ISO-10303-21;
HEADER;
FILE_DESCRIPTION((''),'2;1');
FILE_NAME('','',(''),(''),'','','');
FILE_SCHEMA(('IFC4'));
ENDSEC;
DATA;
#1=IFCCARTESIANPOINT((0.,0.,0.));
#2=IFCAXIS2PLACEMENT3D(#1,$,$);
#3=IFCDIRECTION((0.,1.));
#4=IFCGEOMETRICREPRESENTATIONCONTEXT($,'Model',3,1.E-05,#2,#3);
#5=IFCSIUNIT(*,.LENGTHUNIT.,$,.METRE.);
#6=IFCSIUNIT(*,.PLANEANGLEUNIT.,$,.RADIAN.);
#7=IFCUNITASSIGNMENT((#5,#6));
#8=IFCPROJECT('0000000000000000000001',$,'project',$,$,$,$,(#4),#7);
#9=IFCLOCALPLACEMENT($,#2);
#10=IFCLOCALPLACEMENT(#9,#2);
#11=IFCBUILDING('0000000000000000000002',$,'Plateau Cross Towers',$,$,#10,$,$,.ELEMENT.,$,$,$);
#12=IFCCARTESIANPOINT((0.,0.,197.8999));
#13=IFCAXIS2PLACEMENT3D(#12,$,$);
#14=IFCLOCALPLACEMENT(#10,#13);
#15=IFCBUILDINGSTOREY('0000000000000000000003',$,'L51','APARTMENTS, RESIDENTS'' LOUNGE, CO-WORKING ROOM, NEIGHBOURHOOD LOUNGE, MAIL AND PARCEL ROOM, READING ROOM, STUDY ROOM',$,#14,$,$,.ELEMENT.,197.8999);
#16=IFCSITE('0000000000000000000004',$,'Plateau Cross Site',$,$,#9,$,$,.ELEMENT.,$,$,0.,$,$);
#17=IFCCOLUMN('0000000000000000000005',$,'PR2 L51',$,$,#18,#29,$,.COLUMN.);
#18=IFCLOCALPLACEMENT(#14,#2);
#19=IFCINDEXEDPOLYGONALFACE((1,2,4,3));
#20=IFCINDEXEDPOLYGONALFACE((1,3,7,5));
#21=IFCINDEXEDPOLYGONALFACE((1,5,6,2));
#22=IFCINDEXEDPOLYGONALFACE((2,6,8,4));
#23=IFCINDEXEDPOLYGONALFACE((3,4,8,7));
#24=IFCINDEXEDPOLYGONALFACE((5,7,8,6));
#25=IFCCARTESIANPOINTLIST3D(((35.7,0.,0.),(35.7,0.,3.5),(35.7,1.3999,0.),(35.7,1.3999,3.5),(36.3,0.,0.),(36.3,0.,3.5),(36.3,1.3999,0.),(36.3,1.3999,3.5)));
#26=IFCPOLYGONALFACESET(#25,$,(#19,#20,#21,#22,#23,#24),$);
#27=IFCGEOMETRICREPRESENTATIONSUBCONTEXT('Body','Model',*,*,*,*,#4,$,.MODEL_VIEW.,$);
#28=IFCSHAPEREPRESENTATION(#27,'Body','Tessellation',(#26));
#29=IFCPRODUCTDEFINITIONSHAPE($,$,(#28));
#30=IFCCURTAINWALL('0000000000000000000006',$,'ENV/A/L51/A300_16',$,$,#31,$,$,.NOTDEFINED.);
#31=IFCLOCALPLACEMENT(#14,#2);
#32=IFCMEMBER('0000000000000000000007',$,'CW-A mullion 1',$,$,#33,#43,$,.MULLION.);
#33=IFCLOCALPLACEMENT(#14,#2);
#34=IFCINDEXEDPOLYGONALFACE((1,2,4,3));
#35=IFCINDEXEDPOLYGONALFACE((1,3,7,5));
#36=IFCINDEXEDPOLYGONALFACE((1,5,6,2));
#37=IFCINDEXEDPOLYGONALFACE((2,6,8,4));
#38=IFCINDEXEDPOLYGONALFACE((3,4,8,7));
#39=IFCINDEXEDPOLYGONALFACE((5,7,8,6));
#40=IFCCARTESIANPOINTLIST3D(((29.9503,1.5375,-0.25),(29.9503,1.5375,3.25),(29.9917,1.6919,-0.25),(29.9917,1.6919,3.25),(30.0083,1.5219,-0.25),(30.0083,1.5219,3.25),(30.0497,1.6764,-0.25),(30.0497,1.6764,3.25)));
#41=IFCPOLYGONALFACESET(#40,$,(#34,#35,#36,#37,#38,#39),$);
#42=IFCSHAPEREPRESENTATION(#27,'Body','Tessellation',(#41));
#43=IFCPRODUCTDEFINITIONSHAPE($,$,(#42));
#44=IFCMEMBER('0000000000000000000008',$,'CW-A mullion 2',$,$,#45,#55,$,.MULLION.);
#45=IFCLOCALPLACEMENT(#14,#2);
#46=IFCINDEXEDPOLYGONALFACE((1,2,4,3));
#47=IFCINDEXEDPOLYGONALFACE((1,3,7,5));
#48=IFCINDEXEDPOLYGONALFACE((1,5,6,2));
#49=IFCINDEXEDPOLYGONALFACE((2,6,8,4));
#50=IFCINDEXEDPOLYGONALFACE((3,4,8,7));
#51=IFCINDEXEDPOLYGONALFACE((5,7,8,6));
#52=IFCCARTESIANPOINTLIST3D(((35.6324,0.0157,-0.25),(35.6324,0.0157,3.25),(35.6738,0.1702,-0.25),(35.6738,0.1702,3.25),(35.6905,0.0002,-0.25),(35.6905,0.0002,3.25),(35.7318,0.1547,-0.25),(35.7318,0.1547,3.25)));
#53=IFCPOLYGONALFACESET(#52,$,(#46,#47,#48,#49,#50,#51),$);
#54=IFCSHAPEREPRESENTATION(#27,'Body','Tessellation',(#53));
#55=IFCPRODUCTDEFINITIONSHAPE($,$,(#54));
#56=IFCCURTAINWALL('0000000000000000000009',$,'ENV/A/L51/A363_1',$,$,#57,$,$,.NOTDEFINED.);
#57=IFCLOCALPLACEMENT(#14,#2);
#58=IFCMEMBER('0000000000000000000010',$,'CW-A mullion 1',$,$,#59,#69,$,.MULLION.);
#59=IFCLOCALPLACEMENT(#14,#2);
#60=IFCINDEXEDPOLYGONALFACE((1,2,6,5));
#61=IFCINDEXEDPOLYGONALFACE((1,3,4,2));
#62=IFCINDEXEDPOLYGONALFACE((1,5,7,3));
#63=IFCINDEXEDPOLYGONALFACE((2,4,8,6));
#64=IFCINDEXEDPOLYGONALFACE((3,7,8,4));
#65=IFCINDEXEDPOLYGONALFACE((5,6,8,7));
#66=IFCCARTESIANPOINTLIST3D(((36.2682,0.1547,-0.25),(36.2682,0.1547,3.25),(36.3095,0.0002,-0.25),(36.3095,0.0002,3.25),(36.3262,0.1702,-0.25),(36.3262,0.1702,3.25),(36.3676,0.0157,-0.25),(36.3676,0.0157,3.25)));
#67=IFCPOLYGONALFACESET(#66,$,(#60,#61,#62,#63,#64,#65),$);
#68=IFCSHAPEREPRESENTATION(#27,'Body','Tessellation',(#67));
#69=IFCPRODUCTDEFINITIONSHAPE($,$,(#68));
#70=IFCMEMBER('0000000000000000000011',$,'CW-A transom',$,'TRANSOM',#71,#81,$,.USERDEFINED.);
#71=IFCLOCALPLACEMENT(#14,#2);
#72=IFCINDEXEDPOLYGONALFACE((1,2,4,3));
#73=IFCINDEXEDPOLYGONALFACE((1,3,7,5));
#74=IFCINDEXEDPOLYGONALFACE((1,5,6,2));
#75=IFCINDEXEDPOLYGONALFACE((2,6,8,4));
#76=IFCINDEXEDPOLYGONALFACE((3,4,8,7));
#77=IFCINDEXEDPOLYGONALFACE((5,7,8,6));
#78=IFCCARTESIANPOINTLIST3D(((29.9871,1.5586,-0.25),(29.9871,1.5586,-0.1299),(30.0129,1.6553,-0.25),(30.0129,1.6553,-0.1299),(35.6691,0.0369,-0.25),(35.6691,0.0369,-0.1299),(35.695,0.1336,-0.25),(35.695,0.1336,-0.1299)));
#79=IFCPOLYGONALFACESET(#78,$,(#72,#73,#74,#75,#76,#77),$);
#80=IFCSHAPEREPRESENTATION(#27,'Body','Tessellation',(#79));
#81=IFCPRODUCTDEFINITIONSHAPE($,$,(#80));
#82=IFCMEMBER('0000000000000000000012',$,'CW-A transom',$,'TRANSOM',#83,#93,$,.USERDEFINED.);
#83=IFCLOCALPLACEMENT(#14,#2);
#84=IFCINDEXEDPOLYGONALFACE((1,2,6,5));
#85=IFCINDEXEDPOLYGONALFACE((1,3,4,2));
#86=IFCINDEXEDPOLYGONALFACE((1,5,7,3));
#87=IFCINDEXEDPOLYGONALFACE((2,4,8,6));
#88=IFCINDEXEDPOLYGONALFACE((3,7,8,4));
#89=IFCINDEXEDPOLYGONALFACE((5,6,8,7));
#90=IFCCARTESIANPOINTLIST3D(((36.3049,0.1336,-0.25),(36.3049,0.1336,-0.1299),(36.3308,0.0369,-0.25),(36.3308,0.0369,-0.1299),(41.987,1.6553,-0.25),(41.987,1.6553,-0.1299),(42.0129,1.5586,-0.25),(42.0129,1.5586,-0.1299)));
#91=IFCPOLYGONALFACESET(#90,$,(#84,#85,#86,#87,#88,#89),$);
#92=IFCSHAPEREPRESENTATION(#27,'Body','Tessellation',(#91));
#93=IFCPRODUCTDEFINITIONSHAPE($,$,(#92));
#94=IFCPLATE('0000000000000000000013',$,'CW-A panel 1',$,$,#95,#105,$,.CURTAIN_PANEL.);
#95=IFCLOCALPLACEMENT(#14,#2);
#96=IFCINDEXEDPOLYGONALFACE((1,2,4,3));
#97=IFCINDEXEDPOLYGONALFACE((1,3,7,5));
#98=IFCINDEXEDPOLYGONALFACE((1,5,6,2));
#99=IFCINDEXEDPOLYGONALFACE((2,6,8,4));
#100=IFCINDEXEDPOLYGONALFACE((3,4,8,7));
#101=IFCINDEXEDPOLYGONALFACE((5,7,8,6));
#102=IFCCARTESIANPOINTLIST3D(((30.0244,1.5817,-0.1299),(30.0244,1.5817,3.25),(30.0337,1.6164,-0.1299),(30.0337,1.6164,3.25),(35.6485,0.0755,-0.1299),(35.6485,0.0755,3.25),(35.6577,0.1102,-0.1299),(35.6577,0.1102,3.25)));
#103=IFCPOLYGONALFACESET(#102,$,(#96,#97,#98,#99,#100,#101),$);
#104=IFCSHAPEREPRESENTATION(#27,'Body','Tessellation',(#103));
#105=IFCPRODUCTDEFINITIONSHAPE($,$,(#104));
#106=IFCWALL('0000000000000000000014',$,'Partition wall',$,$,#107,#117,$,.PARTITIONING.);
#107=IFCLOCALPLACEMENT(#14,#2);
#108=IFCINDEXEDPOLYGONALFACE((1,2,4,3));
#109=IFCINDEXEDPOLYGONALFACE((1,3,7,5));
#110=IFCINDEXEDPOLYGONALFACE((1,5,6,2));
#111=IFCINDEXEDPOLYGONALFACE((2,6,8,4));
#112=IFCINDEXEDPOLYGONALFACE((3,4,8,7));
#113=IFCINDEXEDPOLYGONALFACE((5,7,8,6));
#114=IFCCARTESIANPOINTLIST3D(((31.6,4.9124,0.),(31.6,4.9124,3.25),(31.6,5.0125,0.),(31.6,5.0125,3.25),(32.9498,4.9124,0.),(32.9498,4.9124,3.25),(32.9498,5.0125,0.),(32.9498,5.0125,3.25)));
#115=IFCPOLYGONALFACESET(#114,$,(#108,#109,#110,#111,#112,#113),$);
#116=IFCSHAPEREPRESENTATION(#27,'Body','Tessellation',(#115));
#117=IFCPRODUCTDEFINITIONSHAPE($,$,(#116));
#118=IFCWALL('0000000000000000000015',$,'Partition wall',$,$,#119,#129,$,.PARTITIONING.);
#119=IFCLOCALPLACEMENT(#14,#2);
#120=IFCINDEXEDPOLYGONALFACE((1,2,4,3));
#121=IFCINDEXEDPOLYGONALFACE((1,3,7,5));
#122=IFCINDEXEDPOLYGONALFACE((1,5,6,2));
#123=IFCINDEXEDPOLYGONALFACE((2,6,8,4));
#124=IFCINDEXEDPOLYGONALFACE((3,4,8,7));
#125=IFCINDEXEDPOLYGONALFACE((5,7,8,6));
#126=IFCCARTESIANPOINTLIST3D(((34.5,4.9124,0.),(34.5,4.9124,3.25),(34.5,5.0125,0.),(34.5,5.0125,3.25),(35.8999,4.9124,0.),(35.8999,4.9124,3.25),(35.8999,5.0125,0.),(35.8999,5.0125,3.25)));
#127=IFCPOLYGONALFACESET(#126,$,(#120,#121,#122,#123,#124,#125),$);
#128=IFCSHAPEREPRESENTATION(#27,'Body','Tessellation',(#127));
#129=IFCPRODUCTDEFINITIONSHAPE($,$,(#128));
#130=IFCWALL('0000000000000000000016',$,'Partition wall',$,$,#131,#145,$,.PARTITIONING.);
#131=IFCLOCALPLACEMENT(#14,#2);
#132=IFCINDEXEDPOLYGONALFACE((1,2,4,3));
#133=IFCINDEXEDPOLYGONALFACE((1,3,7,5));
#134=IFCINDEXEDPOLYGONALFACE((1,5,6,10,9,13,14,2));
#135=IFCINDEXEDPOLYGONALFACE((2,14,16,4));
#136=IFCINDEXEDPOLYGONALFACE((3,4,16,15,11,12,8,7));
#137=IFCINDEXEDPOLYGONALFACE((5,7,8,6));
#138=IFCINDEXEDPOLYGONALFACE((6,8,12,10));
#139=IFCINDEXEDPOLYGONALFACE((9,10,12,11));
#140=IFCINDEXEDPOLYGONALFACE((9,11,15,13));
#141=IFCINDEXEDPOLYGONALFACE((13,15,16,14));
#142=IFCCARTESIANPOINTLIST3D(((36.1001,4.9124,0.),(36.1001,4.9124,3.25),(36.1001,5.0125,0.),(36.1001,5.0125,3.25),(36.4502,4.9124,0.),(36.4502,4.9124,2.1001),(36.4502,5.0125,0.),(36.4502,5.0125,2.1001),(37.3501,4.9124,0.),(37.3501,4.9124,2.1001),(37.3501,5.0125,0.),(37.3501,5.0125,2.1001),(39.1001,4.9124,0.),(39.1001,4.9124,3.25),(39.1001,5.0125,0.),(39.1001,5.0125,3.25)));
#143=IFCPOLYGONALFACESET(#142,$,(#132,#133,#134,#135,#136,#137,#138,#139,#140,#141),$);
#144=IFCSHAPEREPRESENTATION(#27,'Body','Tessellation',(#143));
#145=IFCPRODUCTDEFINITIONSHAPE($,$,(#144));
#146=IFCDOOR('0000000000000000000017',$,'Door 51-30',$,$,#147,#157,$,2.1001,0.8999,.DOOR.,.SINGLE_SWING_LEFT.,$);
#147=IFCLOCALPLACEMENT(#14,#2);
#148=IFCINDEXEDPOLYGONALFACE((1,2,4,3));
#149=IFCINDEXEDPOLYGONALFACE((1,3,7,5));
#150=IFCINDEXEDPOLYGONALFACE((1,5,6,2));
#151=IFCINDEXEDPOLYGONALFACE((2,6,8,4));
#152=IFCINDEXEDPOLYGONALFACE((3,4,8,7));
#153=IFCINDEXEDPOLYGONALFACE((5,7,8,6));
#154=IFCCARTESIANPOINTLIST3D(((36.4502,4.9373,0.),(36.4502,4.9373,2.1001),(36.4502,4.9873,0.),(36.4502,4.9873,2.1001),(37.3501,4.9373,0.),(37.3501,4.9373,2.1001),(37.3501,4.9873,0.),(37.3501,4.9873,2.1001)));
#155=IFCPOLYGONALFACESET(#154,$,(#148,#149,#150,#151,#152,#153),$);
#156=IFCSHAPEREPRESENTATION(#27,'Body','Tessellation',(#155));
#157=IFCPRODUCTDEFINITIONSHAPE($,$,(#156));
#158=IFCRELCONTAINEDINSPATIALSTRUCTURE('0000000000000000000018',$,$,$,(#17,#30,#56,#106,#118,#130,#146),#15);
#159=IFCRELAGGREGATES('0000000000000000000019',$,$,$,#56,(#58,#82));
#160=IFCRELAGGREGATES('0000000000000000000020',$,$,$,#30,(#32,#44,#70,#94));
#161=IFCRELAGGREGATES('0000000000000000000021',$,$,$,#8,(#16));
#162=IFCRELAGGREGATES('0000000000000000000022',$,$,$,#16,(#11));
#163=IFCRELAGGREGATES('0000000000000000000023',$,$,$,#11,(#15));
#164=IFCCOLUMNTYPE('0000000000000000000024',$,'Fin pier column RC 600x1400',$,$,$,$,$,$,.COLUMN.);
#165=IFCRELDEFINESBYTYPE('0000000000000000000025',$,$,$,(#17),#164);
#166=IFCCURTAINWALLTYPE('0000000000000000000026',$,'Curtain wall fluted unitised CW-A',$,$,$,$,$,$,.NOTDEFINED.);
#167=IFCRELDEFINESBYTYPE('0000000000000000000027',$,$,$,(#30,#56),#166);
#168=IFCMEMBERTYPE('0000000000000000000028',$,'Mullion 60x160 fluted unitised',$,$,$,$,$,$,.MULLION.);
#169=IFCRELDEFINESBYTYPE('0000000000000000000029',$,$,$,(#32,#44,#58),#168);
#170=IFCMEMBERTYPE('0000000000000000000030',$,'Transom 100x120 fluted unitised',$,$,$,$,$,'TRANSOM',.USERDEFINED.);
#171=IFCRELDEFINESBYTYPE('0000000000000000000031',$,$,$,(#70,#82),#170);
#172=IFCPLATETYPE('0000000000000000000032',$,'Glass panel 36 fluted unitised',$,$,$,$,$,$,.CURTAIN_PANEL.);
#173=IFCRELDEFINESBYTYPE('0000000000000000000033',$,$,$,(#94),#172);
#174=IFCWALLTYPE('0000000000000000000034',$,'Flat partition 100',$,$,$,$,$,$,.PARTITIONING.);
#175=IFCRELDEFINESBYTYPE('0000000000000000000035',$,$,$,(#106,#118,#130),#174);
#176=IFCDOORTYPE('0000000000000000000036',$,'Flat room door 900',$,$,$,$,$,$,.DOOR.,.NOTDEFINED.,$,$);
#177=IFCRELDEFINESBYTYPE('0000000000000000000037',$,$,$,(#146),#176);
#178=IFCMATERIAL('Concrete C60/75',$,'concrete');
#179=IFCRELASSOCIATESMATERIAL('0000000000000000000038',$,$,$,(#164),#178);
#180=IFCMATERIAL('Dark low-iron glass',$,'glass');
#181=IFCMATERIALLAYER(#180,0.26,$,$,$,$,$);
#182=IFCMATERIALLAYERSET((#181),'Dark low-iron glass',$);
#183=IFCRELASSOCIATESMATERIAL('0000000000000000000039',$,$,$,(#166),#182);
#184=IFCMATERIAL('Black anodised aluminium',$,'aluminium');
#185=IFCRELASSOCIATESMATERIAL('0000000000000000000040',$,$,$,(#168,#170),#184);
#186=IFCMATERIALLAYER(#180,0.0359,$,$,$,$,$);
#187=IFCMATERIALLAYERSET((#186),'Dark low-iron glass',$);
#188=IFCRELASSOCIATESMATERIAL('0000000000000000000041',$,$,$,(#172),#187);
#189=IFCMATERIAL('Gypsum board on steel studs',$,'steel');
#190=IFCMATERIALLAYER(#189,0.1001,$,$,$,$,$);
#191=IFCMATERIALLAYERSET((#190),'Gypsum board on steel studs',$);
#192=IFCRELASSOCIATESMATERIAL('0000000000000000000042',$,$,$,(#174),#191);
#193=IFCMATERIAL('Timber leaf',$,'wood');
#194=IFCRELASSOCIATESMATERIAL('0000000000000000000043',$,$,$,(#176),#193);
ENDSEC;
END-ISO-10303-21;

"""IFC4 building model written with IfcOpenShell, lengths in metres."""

from ifc_helpers import new_model, si_unit, direction, frame, frame_2d, origin, origin_2d, place, context, subcontext, project, spatial, rectangle, extrude, material, layer, layer_set, material_profile, profile_set, type_object, element, fill, aggregate, save


model = new_model("IFC4")

# Units and contexts
model_context = context("Model", 3, precision=1e-05, world=origin(), true_north=direction((0.0, 1.0)))
body_context = subcontext(model_context, "Body", "Model", "MODEL_VIEW")
ifc_project = project(units=[si_unit("LENGTHUNIT", "METRE"), si_unit("PLANEANGLEUNIT", "RADIAN")], contexts=[model_context])

# Site, building, storey
site_placement = place(None, origin())
site = spatial("IfcSite", under=ifc_project, at=site_placement, Name="Plateau Cross Site", CompositionType="ELEMENT", RefElevation=0.0)
building_placement = place(site_placement, origin())
building = spatial("IfcBuilding", under=site, at=building_placement, Name="Plateau Cross Towers", CompositionType="ELEMENT")
storey_placement = place(building_placement, frame((0.0, 0.0, 197.8999)))
storey = spatial("IfcBuildingStorey", under=building, at=storey_placement, Name="L51", Description="APARTMENTS, RESIDENTS' LOUNGE, CO-WORKING ROOM, NEIGHBOURHOOD LOUNGE, MAIL AND PARCEL ROOM, READING ROOM, STUDY ROOM", CompositionType="ELEMENT", Elevation=197.8999)

# Column
ifc_material_1 = material(Name="Concrete C60/75", Category="concrete")
ifc_material_profile_1 = material_profile(ifc_material_1, rectangle(XDim=0.6001, YDim=1.3999, at=origin_2d()), Name="RC 600x1400")
ifc_profile_set_1 = profile_set([ifc_material_profile_1], Name="Concrete C60/75")
column_type = type_object("IfcColumnType", Name="Fin pier column RC 600x1400", PredefinedType="COLUMN", material=ifc_profile_set_1)
column_placement = place(storey_placement, frame((36.0, 0.7, 0.0), z_axis=(0.0, 0.0, 1.0), x_axis=(1.0, 0.0, 0.0)))
element("IfcColumn", 1, at=column_placement, inside=storey, type_object=column_type, Name="PR2 L51", PredefinedType="COLUMN", context=body_context, shape_type="SweptSolid", body=[
    extrude(rectangle(XDim=0.6001, YDim=1.3999, at=origin_2d()), origin(), (0.0, 0.0, 1.0), 3.5),
])

# Curtain wall, members
ifc_material_2 = material(Name="Dark low-iron glass", Category="glass")
ifc_layer_1 = layer(ifc_material_2, 0.26)
ifc_layer_set_1 = layer_set([ifc_layer_1], Name="Dark low-iron glass")
curtain_wall_type = type_object("IfcCurtainWallType", Name="Curtain wall fluted unitised CW-A", PredefinedType="NOTDEFINED", material=ifc_layer_set_1)
curtain_wall_1_placement = place(storey_placement, origin())
curtain_wall_1 = element("IfcCurtainWall", 2, at=curtain_wall_1_placement, inside=storey, type_object=curtain_wall_type, Name="ENV/A/L51/A300_16", PredefinedType="NOTDEFINED")
ifc_material_3 = material(Name="Black anodised aluminium", Category="aluminium")
ifc_material_profile_2 = material_profile(ifc_material_3, rectangle(XDim=0.0601, YDim=0.1599, at=origin_2d()), Name="MULLION 60x160")
ifc_profile_set_2 = profile_set([ifc_material_profile_2], Name="Black anodised aluminium")
member_type_1 = type_object("IfcMemberType", Name="Mullion 60x160 fluted unitised", PredefinedType="MULLION", material=ifc_profile_set_2)
member_1_placement = place(storey_placement, frame((30.0, 1.6069, -0.25), z_axis=(0.0, 0.0, 1.0), x_axis=(0.965958, -0.258699, 0.0)))
member_1 = element("IfcMember", 3, at=member_1_placement, type_object=member_type_1, Name="CW-A mullion 1", PredefinedType="MULLION", context=body_context, shape_type="SweptSolid", body=[
    extrude(rectangle(XDim=0.0601, YDim=0.1599, at=origin_2d()), origin(), (0.0, 0.0, 1.0), 3.5),
])
member_2_placement = place(storey_placement, frame((35.6821, 0.0852, -0.25), z_axis=(0.0, 0.0, 1.0), x_axis=(0.965958, -0.258699, 0.0)))
member_2 = element("IfcMember", 4, at=member_2_placement, type_object=member_type_1, Name="CW-A mullion 2", PredefinedType="MULLION", context=body_context, shape_type="SweptSolid", body=[
    extrude(rectangle(XDim=0.0601, YDim=0.1599, at=origin_2d()), origin(), (0.0, 0.0, 1.0), 3.5),
])

# Curtain wall, member
curtain_wall_2_placement = place(storey_placement, origin())
curtain_wall_2 = element("IfcCurtainWall", 5, at=curtain_wall_2_placement, inside=storey, type_object=curtain_wall_type, Name="ENV/A/L51/A363_1", PredefinedType="NOTDEFINED")
member_3_placement = place(storey_placement, frame((36.3179, 0.0852, -0.25), z_axis=(0.0, 0.0, 1.0), x_axis=(0.965958, 0.258699, 0.0)))
member_3 = element("IfcMember", 6, at=member_3_placement, type_object=member_type_1, Name="CW-A mullion 1", PredefinedType="MULLION", context=body_context, shape_type="SweptSolid", body=[
    extrude(rectangle(XDim=0.0601, YDim=0.1599, at=origin_2d()), origin(), (0.0, 0.0, 1.0), 3.5),
])

# Members
ifc_material_profile_3 = material_profile(ifc_material_3, rectangle(XDim=0.1001, YDim=0.1201, at=origin_2d()), Name="TRANSOM 100x120")
ifc_profile_set_3 = profile_set([ifc_material_profile_3], Name="Black anodised aluminium")
member_type_2 = type_object("IfcMemberType", Name="Transom 100x120 fluted unitised", ElementType="TRANSOM", PredefinedType="USERDEFINED", material=ifc_profile_set_3)
member_4_placement = place(storey_placement, frame((30.0, 1.6069, -0.1899), z_axis=(0.96596, -0.258693, 0.0), x_axis=(0.258693, 0.96596, 0.0)))
member_4 = element("IfcMember", 7, at=member_4_placement, type_object=member_type_2, Name="CW-A transom", ObjectType="TRANSOM", PredefinedType="USERDEFINED", context=body_context, shape_type="SweptSolid", body=[
    extrude(rectangle(XDim=0.1001, YDim=0.1201, at=origin_2d()), origin(), (0.0, 0.0, 1.0), 5.8823),
])
member_5_placement = place(storey_placement, frame((36.3179, 0.0852, -0.1899), z_axis=(0.96596, 0.258693, 0.0), x_axis=(-0.258693, 0.96596, 0.0)))
member_5 = element("IfcMember", 8, at=member_5_placement, type_object=member_type_2, Name="CW-A transom", ObjectType="TRANSOM", PredefinedType="USERDEFINED", context=body_context, shape_type="SweptSolid", body=[
    extrude(rectangle(XDim=0.1001, YDim=0.1201, at=origin_2d()), origin(), (0.0, 0.0, 1.0), 5.8823),
])
aggregate(curtain_wall_2, [member_3, member_5])

# Plate
ifc_layer_2 = layer(ifc_material_2, 0.0359)
ifc_layer_set_2 = layer_set([ifc_layer_2], Name="Dark low-iron glass")
plate_type = type_object("IfcPlateType", Name="Glass panel 36 fluted unitised", PredefinedType="CURTAIN_PANEL", material=ifc_layer_set_2)
plate_placement = place(storey_placement, frame((32.8411, 0.8459, -0.1299), z_axis=(0.0, 0.0, 1.0), x_axis=(0.965958, -0.258699, 0.0)))
plate = element("IfcPlate", 9, at=plate_placement, type_object=plate_type, Name="CW-A panel 1", PredefinedType="CURTAIN_PANEL", context=body_context, shape_type="SweptSolid", body=[
    extrude(rectangle(XDim=5.8223, YDim=0.0359, at=origin_2d()), origin(), (0.0, 0.0, 1.0), 3.3799),
])
aggregate(curtain_wall_1, [member_1, member_2, member_4, plate])

# Walls
ifc_material_4 = material(Name="Gypsum board on steel studs", Category="steel")
ifc_layer_3 = layer(ifc_material_4, 0.1001)
ifc_layer_set_3 = layer_set([ifc_layer_3], Name="Gypsum board on steel studs")
wall_type_1 = type_object("IfcWallType", Name="Flat partition 100", PredefinedType="PARTITIONING", material=ifc_layer_set_3)
wall_1_placement = place(storey_placement, frame((31.6001, 4.9624, 0.0), z_axis=(0.0, 0.0, 1.0), x_axis=(1.0, 0.0, 0.0)))
element("IfcWall", 10, at=wall_1_placement, inside=storey, type_object=wall_type_1, Name="Partition wall", PredefinedType="PARTITIONING", context=body_context, shape_type="SweptSolid", body=[
    extrude(rectangle(XDim=1.3499, YDim=0.1001, at=frame_2d((0.6748, 0.0))), origin(), (0.0, 0.0, 1.0), 3.25),
])
wall_2_placement = place(storey_placement, frame((34.5, 4.9624, 0.0), z_axis=(0.0, 0.0, 1.0), x_axis=(1.0, 0.0, 0.0)))
element("IfcWall", 11, at=wall_2_placement, inside=storey, type_object=wall_type_1, Name="Partition wall", PredefinedType="PARTITIONING", context=body_context, shape_type="SweptSolid", body=[
    extrude(rectangle(XDim=1.3999, YDim=0.1001, at=frame_2d((0.7, 0.0))), origin(), (0.0, 0.0, 1.0), 3.25),
])

# Wall, opening, door
wall_3_placement = place(storey_placement, frame((36.1001, 4.9624, 0.0), z_axis=(0.0, 0.0, 1.0), x_axis=(1.0, 0.0, 0.0)))
wall_3 = element("IfcWall", 12, at=wall_3_placement, inside=storey, type_object=wall_type_1, Name="Partition wall", PredefinedType="PARTITIONING", context=body_context, shape_type="SweptSolid", body=[
    extrude(rectangle(XDim=3.0, YDim=0.1001, at=frame_2d((1.5, 0.0))), origin(), (0.0, 0.0, 1.0), 3.25),
])
opening_1_placement = place(wall_3_placement, frame((0.3501, 0.0, 0.0)))
opening_1 = element("IfcOpeningElement", 13, at=opening_1_placement, cuts=wall_3, PredefinedType="OPENING", context=body_context, shape_type="SweptSolid", body=[
    extrude(rectangle(XDim=0.8999, YDim=2.1001, at=frame_2d((0.45, 1.05))), frame((0.0, 0.0601, 0.0), z_axis=(0.0, -1.0, 0.0), x_axis=(1.0, 0.0, 0.0)), (0.0, 0.0, 1.0), 0.1201),
])
ifc_material_5 = material(Name="Timber leaf", Category="wood")
door_type_1 = type_object("IfcDoorType", Name="Flat room door 900", OperationType="NOTDEFINED", PredefinedType="DOOR", material=ifc_material_5)
door_1_placement = place(opening_1_placement, origin())
door_1 = element("IfcDoor", 14, at=door_1_placement, inside=storey, type_object=door_type_1, Name="Door 51-30", OperationType="SINGLE_SWING_LEFT", OverallHeight=2.1001, OverallWidth=0.8999, PredefinedType="DOOR", context=body_context, shape_type="SweptSolid", body=[
    extrude(rectangle(XDim=0.8999, YDim=2.1001, at=frame_2d((0.45, 1.05))), frame((0.0, 0.0249, 0.0), z_axis=(0.0, -1.0, 0.0), x_axis=(1.0, 0.0, 0.0)), (0.0, 0.0, 1.0), 0.05),
])
fill(opening_1, door_1)

save(model, "model.ifc")
